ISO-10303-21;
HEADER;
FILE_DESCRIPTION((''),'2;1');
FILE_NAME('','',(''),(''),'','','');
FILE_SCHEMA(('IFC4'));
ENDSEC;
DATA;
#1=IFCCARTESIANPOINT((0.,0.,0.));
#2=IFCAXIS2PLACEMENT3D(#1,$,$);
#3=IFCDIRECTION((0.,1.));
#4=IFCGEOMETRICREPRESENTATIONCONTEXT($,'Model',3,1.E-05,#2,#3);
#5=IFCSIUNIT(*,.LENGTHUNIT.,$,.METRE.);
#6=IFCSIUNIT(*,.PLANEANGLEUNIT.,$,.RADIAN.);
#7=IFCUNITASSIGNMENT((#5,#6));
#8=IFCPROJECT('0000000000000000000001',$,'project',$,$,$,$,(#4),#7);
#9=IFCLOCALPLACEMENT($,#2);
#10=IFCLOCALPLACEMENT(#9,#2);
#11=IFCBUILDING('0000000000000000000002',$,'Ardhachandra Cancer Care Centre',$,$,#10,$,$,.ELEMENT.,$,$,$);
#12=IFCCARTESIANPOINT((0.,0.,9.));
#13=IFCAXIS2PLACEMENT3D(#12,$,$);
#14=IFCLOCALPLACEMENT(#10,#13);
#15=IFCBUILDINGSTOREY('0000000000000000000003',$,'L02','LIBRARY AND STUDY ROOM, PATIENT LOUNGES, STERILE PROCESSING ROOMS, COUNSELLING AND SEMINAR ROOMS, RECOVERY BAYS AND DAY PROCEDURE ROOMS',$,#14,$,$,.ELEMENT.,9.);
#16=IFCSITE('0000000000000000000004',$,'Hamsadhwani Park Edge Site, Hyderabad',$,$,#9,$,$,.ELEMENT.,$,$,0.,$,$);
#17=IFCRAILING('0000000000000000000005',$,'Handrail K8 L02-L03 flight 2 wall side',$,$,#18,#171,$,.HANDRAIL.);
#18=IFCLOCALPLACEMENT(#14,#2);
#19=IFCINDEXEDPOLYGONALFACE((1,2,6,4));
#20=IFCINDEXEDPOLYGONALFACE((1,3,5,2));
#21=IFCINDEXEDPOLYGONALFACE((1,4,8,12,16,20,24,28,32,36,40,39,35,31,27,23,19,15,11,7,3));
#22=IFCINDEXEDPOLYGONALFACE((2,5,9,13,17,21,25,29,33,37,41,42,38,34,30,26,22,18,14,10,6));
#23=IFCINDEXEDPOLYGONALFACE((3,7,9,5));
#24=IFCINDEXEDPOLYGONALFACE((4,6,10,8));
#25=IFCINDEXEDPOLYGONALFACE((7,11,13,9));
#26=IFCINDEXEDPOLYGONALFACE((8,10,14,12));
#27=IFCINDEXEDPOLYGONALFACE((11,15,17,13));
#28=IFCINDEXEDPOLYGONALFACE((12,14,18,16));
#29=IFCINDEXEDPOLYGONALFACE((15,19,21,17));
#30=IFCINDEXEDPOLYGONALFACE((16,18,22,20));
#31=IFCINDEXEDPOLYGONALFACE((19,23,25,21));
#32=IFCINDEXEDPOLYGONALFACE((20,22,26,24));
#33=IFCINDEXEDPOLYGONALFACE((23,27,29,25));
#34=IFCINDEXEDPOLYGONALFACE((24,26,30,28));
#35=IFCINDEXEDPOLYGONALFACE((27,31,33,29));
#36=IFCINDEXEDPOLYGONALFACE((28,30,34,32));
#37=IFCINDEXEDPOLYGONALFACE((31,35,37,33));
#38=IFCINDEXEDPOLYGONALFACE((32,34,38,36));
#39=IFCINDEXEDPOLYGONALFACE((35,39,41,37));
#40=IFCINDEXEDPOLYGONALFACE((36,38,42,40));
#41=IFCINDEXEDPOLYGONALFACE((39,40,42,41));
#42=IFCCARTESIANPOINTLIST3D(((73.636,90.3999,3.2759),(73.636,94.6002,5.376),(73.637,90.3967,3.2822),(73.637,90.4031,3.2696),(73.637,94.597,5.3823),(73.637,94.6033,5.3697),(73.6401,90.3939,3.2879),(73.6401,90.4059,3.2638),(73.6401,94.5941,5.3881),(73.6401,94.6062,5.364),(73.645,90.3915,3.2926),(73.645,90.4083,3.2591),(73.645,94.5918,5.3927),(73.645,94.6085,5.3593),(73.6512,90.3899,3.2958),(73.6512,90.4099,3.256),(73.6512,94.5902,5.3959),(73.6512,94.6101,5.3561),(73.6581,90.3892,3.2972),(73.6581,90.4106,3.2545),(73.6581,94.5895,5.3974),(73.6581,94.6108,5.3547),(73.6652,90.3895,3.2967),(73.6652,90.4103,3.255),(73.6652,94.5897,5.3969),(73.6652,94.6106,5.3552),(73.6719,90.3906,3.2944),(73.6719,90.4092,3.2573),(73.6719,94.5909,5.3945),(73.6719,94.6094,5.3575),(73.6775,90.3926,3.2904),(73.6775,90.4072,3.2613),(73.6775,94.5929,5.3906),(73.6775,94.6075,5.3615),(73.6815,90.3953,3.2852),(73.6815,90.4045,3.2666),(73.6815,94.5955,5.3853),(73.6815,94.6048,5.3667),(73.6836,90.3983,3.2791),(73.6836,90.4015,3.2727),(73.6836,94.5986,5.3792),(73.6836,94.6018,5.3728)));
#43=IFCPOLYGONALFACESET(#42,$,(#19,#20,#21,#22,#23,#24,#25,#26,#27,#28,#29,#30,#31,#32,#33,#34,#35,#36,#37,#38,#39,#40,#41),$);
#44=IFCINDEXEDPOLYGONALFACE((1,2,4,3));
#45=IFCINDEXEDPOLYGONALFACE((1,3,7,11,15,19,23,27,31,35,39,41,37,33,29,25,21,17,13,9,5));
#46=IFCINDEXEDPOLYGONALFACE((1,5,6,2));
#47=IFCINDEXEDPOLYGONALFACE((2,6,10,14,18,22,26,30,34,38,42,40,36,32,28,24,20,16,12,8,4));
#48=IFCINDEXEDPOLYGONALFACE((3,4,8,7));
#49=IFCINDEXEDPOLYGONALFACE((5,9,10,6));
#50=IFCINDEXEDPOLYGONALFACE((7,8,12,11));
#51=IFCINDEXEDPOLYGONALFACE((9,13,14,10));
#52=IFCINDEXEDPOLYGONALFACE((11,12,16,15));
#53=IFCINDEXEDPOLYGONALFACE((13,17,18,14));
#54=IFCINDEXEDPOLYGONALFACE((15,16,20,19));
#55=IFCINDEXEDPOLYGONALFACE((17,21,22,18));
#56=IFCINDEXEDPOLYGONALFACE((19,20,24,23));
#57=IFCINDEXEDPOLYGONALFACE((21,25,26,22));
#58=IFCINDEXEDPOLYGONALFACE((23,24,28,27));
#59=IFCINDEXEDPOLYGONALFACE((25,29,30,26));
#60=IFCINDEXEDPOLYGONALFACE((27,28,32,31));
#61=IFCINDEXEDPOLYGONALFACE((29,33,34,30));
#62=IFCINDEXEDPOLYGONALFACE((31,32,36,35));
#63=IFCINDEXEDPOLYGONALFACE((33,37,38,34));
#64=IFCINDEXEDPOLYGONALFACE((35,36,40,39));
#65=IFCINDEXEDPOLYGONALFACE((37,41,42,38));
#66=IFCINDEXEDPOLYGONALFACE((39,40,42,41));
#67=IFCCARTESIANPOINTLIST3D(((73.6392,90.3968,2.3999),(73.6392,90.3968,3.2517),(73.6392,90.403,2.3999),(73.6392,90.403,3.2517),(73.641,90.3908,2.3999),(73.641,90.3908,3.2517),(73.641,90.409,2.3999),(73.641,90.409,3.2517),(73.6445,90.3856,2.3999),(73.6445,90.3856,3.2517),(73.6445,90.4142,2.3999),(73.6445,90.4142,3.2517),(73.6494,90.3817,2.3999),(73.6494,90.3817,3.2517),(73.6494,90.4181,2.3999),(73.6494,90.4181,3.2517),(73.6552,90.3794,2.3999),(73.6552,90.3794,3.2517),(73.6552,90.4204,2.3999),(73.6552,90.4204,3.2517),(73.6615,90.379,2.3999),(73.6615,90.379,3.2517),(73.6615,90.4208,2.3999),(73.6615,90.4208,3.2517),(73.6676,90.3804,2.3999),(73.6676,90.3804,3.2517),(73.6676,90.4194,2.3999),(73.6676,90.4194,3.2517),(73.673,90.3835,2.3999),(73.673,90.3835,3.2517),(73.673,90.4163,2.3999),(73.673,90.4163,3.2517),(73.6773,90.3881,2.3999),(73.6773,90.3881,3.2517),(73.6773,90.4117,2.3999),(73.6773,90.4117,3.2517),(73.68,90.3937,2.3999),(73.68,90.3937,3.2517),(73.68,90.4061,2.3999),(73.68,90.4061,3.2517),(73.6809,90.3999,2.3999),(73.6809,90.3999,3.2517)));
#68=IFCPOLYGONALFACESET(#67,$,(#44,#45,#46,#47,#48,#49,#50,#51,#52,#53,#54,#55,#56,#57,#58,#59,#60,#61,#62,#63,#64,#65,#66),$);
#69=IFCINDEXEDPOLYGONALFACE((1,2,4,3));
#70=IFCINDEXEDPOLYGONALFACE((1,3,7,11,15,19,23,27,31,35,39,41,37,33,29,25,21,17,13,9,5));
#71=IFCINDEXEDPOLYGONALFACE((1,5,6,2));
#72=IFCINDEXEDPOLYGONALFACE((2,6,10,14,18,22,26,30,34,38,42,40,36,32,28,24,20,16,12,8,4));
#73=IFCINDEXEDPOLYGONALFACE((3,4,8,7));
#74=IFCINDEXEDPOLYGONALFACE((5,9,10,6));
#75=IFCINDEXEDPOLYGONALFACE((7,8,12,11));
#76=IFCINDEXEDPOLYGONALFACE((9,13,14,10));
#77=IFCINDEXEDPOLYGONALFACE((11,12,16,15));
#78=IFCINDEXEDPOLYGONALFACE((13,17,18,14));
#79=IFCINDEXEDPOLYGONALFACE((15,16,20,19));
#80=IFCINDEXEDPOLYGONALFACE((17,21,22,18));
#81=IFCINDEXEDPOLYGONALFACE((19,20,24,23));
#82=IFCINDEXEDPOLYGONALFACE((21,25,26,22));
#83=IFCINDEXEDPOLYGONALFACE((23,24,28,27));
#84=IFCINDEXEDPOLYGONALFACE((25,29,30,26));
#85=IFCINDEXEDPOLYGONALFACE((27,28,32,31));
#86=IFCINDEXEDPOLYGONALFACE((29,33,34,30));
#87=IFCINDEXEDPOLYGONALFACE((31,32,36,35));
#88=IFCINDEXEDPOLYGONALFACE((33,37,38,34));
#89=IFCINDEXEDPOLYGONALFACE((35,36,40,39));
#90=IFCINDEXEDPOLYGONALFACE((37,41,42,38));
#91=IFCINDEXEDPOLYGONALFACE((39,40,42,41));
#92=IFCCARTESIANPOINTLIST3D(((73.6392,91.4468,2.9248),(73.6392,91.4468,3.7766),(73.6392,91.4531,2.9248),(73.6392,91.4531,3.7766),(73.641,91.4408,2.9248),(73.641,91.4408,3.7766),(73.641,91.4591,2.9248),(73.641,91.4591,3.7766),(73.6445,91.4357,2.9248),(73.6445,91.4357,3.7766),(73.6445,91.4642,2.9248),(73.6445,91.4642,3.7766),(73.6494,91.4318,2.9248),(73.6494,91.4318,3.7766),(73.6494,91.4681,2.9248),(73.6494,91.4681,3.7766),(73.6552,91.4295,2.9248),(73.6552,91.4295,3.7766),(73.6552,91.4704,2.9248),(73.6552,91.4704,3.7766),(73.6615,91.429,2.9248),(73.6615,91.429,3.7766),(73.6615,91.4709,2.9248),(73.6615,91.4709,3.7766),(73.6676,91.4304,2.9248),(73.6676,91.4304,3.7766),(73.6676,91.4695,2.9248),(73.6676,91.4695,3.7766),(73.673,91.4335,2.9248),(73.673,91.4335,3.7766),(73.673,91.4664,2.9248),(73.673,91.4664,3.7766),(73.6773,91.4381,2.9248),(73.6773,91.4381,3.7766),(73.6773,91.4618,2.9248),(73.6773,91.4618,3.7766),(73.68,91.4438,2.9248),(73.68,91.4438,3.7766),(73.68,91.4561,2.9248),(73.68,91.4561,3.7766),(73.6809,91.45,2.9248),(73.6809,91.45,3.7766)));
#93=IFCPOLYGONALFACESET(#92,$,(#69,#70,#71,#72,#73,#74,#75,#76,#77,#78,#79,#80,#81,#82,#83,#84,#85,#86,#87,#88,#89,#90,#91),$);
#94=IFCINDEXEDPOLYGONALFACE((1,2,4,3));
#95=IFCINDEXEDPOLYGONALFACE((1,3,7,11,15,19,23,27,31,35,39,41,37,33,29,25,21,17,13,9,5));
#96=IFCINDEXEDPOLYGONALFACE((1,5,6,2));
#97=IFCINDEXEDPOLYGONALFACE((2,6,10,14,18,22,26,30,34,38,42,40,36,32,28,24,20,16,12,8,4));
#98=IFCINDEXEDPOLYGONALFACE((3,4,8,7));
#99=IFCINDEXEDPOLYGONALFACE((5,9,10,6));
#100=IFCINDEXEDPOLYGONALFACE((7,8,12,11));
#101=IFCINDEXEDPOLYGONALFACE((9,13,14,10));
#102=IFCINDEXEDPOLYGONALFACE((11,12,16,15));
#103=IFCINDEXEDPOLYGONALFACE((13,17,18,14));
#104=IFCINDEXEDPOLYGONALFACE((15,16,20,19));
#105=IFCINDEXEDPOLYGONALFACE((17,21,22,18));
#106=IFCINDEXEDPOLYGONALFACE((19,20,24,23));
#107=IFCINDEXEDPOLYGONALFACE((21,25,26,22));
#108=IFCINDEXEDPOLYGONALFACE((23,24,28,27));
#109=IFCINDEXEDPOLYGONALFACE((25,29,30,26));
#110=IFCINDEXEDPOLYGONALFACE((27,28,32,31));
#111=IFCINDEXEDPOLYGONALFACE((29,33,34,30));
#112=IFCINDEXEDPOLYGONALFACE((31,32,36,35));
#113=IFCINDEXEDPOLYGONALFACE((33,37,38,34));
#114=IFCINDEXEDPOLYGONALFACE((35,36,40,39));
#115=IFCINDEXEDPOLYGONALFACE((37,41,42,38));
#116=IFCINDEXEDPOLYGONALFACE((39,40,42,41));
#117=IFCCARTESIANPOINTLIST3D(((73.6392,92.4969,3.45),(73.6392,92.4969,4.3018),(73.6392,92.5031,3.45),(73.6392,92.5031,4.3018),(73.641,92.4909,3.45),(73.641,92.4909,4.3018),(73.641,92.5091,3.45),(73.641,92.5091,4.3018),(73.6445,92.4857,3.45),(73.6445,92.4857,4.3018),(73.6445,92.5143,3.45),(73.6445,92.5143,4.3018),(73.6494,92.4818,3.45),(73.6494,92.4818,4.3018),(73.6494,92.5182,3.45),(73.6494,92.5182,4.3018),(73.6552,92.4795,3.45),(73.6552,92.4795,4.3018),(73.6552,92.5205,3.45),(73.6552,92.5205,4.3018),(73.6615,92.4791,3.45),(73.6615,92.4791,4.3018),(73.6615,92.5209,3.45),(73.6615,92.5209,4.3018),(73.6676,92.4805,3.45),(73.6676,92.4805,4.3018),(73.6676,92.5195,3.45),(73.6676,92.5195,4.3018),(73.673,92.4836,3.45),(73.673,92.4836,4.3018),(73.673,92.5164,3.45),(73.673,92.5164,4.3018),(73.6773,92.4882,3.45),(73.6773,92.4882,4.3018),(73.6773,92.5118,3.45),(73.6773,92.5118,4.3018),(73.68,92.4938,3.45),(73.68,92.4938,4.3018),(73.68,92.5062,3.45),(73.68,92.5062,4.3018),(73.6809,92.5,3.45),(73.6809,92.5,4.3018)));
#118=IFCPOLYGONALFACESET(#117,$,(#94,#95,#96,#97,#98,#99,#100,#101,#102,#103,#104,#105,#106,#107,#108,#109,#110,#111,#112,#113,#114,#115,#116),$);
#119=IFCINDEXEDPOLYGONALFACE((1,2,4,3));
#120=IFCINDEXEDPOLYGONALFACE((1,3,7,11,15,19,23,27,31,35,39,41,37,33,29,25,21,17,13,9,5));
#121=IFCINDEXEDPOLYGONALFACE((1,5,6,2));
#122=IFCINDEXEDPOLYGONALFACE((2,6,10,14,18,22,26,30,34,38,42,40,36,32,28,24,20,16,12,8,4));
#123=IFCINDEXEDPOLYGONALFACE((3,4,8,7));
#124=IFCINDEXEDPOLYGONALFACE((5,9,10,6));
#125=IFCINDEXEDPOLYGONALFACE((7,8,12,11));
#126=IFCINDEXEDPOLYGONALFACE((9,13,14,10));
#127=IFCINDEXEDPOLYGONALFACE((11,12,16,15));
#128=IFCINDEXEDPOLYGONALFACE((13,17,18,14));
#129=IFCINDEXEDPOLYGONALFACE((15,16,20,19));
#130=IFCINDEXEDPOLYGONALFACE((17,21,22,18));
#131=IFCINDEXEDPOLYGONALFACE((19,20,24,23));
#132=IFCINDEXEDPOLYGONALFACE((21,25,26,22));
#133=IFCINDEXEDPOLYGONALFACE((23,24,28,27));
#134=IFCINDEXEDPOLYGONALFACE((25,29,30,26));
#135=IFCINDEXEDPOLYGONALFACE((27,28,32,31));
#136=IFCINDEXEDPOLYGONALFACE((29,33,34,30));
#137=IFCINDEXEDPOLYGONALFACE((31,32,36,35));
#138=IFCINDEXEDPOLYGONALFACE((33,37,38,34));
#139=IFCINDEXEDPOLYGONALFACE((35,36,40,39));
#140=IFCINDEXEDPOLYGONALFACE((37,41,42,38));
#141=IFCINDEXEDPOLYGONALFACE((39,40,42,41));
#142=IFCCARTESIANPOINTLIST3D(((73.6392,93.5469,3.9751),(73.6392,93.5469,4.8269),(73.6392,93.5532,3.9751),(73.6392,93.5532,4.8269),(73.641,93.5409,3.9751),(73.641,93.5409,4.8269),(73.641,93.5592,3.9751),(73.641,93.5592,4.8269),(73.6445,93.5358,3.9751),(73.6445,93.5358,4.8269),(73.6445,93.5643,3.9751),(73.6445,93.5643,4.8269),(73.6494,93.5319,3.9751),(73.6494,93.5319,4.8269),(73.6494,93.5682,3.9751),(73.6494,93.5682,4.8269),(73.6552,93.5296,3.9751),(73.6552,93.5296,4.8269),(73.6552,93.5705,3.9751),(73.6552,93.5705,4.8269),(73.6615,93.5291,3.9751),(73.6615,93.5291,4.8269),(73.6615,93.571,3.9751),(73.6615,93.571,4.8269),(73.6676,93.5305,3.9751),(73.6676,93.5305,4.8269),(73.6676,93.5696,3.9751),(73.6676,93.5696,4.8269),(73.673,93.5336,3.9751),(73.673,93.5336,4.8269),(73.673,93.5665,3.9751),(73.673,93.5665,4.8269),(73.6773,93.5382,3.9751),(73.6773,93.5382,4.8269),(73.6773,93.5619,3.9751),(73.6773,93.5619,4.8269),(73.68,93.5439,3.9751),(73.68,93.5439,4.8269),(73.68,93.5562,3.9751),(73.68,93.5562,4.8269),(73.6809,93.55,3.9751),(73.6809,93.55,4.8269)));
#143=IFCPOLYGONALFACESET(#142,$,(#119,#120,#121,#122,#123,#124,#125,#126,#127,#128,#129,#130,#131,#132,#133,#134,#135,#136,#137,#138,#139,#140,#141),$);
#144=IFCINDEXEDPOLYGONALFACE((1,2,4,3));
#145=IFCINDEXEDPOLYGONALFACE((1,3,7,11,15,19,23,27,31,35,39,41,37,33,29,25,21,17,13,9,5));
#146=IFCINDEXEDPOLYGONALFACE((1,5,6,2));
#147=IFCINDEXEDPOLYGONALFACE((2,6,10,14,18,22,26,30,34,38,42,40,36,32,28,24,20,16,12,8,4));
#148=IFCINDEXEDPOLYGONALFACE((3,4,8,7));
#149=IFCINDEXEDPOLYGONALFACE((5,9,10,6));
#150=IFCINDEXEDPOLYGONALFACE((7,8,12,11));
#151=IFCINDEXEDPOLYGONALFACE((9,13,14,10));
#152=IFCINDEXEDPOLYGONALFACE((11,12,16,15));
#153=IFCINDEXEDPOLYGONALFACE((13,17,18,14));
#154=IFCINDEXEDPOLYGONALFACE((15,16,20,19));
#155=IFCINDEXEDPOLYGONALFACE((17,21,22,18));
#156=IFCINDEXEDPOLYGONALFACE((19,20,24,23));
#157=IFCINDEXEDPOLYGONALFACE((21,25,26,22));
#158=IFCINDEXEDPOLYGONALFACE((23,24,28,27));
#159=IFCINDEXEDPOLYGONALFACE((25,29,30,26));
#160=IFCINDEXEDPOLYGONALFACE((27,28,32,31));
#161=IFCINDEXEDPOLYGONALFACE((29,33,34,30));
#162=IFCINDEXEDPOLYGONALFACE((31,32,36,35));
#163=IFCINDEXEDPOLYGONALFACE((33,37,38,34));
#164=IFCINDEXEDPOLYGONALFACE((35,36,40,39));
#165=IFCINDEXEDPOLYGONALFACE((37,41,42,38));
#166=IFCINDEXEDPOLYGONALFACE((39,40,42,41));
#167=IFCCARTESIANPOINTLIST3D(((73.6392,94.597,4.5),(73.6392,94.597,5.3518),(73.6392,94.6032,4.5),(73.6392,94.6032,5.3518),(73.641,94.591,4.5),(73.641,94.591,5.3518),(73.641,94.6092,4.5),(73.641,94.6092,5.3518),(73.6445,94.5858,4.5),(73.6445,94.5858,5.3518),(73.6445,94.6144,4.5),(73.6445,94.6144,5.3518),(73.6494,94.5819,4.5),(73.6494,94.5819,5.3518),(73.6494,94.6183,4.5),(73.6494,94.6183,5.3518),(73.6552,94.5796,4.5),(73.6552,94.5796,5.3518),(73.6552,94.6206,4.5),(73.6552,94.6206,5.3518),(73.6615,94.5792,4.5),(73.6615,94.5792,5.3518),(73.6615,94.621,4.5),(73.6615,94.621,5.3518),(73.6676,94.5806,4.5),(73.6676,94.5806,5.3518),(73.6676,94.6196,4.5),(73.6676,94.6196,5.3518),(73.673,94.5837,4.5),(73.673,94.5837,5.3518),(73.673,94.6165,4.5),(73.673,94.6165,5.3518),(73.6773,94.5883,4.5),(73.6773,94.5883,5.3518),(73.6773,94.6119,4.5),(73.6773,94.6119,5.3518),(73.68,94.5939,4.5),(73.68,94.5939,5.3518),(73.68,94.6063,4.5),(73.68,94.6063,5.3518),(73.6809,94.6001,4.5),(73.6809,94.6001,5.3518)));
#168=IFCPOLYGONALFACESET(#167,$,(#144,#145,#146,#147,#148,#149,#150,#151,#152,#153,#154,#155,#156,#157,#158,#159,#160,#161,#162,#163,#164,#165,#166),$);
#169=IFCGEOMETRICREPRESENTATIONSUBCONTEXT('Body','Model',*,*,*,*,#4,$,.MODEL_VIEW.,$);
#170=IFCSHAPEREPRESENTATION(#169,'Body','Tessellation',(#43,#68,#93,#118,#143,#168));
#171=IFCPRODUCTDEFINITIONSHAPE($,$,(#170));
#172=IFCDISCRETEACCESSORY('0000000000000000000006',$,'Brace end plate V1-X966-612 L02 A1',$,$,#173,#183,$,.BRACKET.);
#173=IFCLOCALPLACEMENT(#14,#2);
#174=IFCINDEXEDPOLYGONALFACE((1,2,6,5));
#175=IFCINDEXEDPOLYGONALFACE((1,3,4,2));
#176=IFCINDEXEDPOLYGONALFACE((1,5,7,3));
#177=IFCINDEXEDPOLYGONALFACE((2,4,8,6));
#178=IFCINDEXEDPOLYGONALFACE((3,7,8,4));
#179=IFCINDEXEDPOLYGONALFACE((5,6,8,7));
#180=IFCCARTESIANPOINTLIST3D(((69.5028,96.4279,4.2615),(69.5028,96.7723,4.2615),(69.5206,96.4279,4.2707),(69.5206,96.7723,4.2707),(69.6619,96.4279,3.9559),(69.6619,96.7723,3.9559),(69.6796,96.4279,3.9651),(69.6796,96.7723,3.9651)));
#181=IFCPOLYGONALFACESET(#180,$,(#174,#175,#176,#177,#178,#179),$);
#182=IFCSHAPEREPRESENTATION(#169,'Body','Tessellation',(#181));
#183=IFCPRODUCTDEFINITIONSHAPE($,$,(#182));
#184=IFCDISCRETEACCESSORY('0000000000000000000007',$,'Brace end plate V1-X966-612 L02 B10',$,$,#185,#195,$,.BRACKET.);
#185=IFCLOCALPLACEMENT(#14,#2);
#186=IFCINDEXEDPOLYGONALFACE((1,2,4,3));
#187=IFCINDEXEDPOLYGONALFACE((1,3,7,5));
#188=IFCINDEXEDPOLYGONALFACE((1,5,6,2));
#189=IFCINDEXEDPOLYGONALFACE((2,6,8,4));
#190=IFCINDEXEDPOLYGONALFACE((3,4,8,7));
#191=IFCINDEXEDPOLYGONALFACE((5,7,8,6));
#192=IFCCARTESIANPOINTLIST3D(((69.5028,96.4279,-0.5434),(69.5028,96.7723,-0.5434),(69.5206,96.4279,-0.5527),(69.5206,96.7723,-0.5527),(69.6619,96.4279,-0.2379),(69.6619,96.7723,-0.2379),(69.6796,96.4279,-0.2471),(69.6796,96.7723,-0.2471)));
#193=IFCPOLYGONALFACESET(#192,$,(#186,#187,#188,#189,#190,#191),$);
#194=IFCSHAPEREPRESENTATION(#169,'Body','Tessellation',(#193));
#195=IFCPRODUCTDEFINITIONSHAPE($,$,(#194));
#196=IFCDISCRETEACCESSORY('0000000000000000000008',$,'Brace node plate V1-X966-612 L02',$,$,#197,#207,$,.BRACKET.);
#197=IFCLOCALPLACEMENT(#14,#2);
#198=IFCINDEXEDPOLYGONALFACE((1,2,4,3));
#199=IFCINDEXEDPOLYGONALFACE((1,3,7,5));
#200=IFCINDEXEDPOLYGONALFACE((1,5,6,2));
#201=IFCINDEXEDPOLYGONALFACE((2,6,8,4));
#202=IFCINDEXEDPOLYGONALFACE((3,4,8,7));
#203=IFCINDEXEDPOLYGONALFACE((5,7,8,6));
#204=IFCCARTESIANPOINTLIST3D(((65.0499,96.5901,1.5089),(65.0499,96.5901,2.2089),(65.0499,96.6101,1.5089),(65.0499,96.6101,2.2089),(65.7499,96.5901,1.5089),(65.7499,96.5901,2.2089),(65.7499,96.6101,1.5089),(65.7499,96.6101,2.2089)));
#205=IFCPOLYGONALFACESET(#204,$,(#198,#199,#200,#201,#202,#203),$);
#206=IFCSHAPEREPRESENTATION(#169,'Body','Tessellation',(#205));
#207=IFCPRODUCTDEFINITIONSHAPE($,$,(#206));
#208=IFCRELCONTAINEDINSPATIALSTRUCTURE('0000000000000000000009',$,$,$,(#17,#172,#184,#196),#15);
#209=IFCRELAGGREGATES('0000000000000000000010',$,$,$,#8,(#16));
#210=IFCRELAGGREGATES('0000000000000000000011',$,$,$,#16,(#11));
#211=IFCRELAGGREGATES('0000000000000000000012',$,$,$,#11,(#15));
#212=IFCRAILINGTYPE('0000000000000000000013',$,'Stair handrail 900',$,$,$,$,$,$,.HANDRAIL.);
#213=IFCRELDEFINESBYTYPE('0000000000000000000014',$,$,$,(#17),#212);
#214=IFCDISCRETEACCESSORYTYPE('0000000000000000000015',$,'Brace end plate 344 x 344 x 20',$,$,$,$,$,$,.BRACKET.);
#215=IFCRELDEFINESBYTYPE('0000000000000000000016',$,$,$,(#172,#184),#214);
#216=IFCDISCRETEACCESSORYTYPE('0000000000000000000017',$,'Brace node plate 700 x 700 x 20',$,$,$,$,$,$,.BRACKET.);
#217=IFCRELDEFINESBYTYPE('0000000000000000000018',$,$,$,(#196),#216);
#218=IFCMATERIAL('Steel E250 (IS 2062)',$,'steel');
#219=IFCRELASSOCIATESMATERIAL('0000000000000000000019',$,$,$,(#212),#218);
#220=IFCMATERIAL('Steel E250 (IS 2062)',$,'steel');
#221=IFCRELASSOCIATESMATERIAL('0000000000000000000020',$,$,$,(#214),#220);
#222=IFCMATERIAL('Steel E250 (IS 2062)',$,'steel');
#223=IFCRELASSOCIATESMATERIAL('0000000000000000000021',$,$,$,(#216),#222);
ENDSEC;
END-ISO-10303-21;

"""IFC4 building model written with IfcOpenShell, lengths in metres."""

from ifc_helpers import new_model, si_unit, direction, frame, origin, origin_2d, place, context, subcontext, project, spatial, rectangle, circle, extrude, material, material_profile, profile_set, type_object, element, save


model = new_model("IFC4")

# Units and contexts
model_context = context("Model", 3, precision=1e-05, world=origin(), true_north=direction((0.0, 1.0)))
body_context = subcontext(model_context, "Body", "Model", "MODEL_VIEW")
ifc_project = project(units=[si_unit("LENGTHUNIT", "METRE"), si_unit("PLANEANGLEUNIT", "RADIAN")], contexts=[model_context])

# Site, building, storey
site_placement = place(None, origin())
site = spatial("IfcSite", under=ifc_project, at=site_placement, Name="Hamsadhwani Park Edge Site, Hyderabad", CompositionType="ELEMENT", RefElevation=0.0)
building_placement = place(site_placement, origin())
building = spatial("IfcBuilding", under=site, at=building_placement, Name="Ardhachandra Cancer Care Centre", CompositionType="ELEMENT")
storey_placement = place(building_placement, frame((0.0, 0.0, 9.0)))
storey = spatial("IfcBuildingStorey", under=building, at=storey_placement, Name="L02", Description="LIBRARY AND STUDY ROOM, PATIENT LOUNGES, STERILE PROCESSING ROOMS, COUNSELLING AND SEMINAR ROOMS, RECOVERY BAYS AND DAY PROCEDURE ROOMS", CompositionType="ELEMENT", Elevation=9.0)

# Railing
ifc_material_1 = material(Name="Steel E250 (IS 2062)", Category="steel")
railing_type_1 = type_object("IfcRailingType", Name="Stair handrail 900", PredefinedType="HANDRAIL", material=ifc_material_1)
for number, where, name in (
    (1, (73.6599, 90.3999, 2.3999), "Handrail K8 L02-L03 flight 2 wall side"),
):
    element("IfcRailing", number, at=place(storey_placement, frame(where)), inside=storey, type_object=railing_type_1, Name=name, PredefinedType="HANDRAIL", context=body_context, shape_type="SweptSolid", body=[
        extrude(circle(Radius=0.0239, at=origin_2d()), frame((0.0, 0.0, 0.876), z_axis=(0.0, 0.894427, 0.447214), x_axis=(-1.0, 0.0, 0.0)), (0.0, 0.0, 1.0), 4.696),
        extrude(circle(Radius=0.021, at=origin_2d()), origin(), (0.0, 0.0, 1.0), 0.8518),
        extrude(circle(Radius=0.021, at=origin_2d()), frame((0.0, 1.05, 0.5249)), (0.0, 0.0, 1.0), 0.8518),
        extrude(circle(Radius=0.021, at=origin_2d()), frame((0.0, 2.1001, 1.05)), (0.0, 0.0, 1.0), 0.8518),
        extrude(circle(Radius=0.021, at=origin_2d()), frame((0.0, 3.1501, 1.5752)), (0.0, 0.0, 1.0), 0.8518),
        extrude(circle(Radius=0.021, at=origin_2d()), frame((0.0, 4.2002, 2.1001)), (0.0, 0.0, 1.0), 0.8518),
    ])

# Discrete accessories
ifc_material_2 = material(Name="Steel E250 (IS 2062)", Category="steel")
ifc_material_profile_1 = material_profile(ifc_material_2, rectangle(XDim=0.3445, YDim=0.3445, at=origin_2d()), Name="PL 344x344x20")
ifc_profile_set_1 = profile_set([ifc_material_profile_1], Name="Steel E250 (IS 2062)")
discrete_accessory_type_1 = type_object("IfcDiscreteAccessoryType", Name="Brace end plate 344 x 344 x 20", PredefinedType="BRACKET", material=ifc_profile_set_1)
for number, where, z_axis, x_axis, name in (
    (2, (69.6001, 96.6001, 4.1179), (-0.887018, 0.0, -0.461735), (0.0, -1.0, 0.0), "Brace end plate V1-X966-612 L02 A1"),
    (3, (69.6001, 96.6001, -0.3999), (-0.887018, 0.0, 0.461735), (0.0, -1.0, 0.0), "Brace end plate V1-X966-612 L02 B10"),
):
    element("IfcDiscreteAccessory", number, at=place(storey_placement, frame(where, z_axis=z_axis, x_axis=x_axis)), inside=storey, type_object=discrete_accessory_type_1, Name=name, PredefinedType="BRACKET", context=body_context, shape_type="SweptSolid", body=[
        extrude(rectangle(XDim=0.3445, YDim=0.3445, at=origin_2d()), origin(), (0.0, 0.0, 1.0), 0.02),
    ])
ifc_material_3 = material(Name="Steel E250 (IS 2062)", Category="steel")
ifc_material_profile_2 = material_profile(ifc_material_3, rectangle(XDim=0.7, YDim=0.7, at=origin_2d()), Name="PL 700x700x20")
ifc_profile_set_2 = profile_set([ifc_material_profile_2], Name="Steel E250 (IS 2062)")
discrete_accessory_type_2 = type_object("IfcDiscreteAccessoryType", Name="Brace node plate 700 x 700 x 20", PredefinedType="BRACKET", material=ifc_profile_set_2)
discrete_accessory_placement = place(storey_placement, frame((65.3999, 96.5901, 1.8589), z_axis=(0.0, 1.0, 0.0), x_axis=(-1.0, 0.0, 0.0)))
element("IfcDiscreteAccessory", 4, at=discrete_accessory_placement, inside=storey, type_object=discrete_accessory_type_2, Name="Brace node plate V1-X966-612 L02", PredefinedType="BRACKET", context=body_context, shape_type="SweptSolid", body=[
    extrude(rectangle(XDim=0.7, YDim=0.7, at=origin_2d()), origin(), (0.0, 0.0, 1.0), 0.02),
])

save(model, "model.ifc")
